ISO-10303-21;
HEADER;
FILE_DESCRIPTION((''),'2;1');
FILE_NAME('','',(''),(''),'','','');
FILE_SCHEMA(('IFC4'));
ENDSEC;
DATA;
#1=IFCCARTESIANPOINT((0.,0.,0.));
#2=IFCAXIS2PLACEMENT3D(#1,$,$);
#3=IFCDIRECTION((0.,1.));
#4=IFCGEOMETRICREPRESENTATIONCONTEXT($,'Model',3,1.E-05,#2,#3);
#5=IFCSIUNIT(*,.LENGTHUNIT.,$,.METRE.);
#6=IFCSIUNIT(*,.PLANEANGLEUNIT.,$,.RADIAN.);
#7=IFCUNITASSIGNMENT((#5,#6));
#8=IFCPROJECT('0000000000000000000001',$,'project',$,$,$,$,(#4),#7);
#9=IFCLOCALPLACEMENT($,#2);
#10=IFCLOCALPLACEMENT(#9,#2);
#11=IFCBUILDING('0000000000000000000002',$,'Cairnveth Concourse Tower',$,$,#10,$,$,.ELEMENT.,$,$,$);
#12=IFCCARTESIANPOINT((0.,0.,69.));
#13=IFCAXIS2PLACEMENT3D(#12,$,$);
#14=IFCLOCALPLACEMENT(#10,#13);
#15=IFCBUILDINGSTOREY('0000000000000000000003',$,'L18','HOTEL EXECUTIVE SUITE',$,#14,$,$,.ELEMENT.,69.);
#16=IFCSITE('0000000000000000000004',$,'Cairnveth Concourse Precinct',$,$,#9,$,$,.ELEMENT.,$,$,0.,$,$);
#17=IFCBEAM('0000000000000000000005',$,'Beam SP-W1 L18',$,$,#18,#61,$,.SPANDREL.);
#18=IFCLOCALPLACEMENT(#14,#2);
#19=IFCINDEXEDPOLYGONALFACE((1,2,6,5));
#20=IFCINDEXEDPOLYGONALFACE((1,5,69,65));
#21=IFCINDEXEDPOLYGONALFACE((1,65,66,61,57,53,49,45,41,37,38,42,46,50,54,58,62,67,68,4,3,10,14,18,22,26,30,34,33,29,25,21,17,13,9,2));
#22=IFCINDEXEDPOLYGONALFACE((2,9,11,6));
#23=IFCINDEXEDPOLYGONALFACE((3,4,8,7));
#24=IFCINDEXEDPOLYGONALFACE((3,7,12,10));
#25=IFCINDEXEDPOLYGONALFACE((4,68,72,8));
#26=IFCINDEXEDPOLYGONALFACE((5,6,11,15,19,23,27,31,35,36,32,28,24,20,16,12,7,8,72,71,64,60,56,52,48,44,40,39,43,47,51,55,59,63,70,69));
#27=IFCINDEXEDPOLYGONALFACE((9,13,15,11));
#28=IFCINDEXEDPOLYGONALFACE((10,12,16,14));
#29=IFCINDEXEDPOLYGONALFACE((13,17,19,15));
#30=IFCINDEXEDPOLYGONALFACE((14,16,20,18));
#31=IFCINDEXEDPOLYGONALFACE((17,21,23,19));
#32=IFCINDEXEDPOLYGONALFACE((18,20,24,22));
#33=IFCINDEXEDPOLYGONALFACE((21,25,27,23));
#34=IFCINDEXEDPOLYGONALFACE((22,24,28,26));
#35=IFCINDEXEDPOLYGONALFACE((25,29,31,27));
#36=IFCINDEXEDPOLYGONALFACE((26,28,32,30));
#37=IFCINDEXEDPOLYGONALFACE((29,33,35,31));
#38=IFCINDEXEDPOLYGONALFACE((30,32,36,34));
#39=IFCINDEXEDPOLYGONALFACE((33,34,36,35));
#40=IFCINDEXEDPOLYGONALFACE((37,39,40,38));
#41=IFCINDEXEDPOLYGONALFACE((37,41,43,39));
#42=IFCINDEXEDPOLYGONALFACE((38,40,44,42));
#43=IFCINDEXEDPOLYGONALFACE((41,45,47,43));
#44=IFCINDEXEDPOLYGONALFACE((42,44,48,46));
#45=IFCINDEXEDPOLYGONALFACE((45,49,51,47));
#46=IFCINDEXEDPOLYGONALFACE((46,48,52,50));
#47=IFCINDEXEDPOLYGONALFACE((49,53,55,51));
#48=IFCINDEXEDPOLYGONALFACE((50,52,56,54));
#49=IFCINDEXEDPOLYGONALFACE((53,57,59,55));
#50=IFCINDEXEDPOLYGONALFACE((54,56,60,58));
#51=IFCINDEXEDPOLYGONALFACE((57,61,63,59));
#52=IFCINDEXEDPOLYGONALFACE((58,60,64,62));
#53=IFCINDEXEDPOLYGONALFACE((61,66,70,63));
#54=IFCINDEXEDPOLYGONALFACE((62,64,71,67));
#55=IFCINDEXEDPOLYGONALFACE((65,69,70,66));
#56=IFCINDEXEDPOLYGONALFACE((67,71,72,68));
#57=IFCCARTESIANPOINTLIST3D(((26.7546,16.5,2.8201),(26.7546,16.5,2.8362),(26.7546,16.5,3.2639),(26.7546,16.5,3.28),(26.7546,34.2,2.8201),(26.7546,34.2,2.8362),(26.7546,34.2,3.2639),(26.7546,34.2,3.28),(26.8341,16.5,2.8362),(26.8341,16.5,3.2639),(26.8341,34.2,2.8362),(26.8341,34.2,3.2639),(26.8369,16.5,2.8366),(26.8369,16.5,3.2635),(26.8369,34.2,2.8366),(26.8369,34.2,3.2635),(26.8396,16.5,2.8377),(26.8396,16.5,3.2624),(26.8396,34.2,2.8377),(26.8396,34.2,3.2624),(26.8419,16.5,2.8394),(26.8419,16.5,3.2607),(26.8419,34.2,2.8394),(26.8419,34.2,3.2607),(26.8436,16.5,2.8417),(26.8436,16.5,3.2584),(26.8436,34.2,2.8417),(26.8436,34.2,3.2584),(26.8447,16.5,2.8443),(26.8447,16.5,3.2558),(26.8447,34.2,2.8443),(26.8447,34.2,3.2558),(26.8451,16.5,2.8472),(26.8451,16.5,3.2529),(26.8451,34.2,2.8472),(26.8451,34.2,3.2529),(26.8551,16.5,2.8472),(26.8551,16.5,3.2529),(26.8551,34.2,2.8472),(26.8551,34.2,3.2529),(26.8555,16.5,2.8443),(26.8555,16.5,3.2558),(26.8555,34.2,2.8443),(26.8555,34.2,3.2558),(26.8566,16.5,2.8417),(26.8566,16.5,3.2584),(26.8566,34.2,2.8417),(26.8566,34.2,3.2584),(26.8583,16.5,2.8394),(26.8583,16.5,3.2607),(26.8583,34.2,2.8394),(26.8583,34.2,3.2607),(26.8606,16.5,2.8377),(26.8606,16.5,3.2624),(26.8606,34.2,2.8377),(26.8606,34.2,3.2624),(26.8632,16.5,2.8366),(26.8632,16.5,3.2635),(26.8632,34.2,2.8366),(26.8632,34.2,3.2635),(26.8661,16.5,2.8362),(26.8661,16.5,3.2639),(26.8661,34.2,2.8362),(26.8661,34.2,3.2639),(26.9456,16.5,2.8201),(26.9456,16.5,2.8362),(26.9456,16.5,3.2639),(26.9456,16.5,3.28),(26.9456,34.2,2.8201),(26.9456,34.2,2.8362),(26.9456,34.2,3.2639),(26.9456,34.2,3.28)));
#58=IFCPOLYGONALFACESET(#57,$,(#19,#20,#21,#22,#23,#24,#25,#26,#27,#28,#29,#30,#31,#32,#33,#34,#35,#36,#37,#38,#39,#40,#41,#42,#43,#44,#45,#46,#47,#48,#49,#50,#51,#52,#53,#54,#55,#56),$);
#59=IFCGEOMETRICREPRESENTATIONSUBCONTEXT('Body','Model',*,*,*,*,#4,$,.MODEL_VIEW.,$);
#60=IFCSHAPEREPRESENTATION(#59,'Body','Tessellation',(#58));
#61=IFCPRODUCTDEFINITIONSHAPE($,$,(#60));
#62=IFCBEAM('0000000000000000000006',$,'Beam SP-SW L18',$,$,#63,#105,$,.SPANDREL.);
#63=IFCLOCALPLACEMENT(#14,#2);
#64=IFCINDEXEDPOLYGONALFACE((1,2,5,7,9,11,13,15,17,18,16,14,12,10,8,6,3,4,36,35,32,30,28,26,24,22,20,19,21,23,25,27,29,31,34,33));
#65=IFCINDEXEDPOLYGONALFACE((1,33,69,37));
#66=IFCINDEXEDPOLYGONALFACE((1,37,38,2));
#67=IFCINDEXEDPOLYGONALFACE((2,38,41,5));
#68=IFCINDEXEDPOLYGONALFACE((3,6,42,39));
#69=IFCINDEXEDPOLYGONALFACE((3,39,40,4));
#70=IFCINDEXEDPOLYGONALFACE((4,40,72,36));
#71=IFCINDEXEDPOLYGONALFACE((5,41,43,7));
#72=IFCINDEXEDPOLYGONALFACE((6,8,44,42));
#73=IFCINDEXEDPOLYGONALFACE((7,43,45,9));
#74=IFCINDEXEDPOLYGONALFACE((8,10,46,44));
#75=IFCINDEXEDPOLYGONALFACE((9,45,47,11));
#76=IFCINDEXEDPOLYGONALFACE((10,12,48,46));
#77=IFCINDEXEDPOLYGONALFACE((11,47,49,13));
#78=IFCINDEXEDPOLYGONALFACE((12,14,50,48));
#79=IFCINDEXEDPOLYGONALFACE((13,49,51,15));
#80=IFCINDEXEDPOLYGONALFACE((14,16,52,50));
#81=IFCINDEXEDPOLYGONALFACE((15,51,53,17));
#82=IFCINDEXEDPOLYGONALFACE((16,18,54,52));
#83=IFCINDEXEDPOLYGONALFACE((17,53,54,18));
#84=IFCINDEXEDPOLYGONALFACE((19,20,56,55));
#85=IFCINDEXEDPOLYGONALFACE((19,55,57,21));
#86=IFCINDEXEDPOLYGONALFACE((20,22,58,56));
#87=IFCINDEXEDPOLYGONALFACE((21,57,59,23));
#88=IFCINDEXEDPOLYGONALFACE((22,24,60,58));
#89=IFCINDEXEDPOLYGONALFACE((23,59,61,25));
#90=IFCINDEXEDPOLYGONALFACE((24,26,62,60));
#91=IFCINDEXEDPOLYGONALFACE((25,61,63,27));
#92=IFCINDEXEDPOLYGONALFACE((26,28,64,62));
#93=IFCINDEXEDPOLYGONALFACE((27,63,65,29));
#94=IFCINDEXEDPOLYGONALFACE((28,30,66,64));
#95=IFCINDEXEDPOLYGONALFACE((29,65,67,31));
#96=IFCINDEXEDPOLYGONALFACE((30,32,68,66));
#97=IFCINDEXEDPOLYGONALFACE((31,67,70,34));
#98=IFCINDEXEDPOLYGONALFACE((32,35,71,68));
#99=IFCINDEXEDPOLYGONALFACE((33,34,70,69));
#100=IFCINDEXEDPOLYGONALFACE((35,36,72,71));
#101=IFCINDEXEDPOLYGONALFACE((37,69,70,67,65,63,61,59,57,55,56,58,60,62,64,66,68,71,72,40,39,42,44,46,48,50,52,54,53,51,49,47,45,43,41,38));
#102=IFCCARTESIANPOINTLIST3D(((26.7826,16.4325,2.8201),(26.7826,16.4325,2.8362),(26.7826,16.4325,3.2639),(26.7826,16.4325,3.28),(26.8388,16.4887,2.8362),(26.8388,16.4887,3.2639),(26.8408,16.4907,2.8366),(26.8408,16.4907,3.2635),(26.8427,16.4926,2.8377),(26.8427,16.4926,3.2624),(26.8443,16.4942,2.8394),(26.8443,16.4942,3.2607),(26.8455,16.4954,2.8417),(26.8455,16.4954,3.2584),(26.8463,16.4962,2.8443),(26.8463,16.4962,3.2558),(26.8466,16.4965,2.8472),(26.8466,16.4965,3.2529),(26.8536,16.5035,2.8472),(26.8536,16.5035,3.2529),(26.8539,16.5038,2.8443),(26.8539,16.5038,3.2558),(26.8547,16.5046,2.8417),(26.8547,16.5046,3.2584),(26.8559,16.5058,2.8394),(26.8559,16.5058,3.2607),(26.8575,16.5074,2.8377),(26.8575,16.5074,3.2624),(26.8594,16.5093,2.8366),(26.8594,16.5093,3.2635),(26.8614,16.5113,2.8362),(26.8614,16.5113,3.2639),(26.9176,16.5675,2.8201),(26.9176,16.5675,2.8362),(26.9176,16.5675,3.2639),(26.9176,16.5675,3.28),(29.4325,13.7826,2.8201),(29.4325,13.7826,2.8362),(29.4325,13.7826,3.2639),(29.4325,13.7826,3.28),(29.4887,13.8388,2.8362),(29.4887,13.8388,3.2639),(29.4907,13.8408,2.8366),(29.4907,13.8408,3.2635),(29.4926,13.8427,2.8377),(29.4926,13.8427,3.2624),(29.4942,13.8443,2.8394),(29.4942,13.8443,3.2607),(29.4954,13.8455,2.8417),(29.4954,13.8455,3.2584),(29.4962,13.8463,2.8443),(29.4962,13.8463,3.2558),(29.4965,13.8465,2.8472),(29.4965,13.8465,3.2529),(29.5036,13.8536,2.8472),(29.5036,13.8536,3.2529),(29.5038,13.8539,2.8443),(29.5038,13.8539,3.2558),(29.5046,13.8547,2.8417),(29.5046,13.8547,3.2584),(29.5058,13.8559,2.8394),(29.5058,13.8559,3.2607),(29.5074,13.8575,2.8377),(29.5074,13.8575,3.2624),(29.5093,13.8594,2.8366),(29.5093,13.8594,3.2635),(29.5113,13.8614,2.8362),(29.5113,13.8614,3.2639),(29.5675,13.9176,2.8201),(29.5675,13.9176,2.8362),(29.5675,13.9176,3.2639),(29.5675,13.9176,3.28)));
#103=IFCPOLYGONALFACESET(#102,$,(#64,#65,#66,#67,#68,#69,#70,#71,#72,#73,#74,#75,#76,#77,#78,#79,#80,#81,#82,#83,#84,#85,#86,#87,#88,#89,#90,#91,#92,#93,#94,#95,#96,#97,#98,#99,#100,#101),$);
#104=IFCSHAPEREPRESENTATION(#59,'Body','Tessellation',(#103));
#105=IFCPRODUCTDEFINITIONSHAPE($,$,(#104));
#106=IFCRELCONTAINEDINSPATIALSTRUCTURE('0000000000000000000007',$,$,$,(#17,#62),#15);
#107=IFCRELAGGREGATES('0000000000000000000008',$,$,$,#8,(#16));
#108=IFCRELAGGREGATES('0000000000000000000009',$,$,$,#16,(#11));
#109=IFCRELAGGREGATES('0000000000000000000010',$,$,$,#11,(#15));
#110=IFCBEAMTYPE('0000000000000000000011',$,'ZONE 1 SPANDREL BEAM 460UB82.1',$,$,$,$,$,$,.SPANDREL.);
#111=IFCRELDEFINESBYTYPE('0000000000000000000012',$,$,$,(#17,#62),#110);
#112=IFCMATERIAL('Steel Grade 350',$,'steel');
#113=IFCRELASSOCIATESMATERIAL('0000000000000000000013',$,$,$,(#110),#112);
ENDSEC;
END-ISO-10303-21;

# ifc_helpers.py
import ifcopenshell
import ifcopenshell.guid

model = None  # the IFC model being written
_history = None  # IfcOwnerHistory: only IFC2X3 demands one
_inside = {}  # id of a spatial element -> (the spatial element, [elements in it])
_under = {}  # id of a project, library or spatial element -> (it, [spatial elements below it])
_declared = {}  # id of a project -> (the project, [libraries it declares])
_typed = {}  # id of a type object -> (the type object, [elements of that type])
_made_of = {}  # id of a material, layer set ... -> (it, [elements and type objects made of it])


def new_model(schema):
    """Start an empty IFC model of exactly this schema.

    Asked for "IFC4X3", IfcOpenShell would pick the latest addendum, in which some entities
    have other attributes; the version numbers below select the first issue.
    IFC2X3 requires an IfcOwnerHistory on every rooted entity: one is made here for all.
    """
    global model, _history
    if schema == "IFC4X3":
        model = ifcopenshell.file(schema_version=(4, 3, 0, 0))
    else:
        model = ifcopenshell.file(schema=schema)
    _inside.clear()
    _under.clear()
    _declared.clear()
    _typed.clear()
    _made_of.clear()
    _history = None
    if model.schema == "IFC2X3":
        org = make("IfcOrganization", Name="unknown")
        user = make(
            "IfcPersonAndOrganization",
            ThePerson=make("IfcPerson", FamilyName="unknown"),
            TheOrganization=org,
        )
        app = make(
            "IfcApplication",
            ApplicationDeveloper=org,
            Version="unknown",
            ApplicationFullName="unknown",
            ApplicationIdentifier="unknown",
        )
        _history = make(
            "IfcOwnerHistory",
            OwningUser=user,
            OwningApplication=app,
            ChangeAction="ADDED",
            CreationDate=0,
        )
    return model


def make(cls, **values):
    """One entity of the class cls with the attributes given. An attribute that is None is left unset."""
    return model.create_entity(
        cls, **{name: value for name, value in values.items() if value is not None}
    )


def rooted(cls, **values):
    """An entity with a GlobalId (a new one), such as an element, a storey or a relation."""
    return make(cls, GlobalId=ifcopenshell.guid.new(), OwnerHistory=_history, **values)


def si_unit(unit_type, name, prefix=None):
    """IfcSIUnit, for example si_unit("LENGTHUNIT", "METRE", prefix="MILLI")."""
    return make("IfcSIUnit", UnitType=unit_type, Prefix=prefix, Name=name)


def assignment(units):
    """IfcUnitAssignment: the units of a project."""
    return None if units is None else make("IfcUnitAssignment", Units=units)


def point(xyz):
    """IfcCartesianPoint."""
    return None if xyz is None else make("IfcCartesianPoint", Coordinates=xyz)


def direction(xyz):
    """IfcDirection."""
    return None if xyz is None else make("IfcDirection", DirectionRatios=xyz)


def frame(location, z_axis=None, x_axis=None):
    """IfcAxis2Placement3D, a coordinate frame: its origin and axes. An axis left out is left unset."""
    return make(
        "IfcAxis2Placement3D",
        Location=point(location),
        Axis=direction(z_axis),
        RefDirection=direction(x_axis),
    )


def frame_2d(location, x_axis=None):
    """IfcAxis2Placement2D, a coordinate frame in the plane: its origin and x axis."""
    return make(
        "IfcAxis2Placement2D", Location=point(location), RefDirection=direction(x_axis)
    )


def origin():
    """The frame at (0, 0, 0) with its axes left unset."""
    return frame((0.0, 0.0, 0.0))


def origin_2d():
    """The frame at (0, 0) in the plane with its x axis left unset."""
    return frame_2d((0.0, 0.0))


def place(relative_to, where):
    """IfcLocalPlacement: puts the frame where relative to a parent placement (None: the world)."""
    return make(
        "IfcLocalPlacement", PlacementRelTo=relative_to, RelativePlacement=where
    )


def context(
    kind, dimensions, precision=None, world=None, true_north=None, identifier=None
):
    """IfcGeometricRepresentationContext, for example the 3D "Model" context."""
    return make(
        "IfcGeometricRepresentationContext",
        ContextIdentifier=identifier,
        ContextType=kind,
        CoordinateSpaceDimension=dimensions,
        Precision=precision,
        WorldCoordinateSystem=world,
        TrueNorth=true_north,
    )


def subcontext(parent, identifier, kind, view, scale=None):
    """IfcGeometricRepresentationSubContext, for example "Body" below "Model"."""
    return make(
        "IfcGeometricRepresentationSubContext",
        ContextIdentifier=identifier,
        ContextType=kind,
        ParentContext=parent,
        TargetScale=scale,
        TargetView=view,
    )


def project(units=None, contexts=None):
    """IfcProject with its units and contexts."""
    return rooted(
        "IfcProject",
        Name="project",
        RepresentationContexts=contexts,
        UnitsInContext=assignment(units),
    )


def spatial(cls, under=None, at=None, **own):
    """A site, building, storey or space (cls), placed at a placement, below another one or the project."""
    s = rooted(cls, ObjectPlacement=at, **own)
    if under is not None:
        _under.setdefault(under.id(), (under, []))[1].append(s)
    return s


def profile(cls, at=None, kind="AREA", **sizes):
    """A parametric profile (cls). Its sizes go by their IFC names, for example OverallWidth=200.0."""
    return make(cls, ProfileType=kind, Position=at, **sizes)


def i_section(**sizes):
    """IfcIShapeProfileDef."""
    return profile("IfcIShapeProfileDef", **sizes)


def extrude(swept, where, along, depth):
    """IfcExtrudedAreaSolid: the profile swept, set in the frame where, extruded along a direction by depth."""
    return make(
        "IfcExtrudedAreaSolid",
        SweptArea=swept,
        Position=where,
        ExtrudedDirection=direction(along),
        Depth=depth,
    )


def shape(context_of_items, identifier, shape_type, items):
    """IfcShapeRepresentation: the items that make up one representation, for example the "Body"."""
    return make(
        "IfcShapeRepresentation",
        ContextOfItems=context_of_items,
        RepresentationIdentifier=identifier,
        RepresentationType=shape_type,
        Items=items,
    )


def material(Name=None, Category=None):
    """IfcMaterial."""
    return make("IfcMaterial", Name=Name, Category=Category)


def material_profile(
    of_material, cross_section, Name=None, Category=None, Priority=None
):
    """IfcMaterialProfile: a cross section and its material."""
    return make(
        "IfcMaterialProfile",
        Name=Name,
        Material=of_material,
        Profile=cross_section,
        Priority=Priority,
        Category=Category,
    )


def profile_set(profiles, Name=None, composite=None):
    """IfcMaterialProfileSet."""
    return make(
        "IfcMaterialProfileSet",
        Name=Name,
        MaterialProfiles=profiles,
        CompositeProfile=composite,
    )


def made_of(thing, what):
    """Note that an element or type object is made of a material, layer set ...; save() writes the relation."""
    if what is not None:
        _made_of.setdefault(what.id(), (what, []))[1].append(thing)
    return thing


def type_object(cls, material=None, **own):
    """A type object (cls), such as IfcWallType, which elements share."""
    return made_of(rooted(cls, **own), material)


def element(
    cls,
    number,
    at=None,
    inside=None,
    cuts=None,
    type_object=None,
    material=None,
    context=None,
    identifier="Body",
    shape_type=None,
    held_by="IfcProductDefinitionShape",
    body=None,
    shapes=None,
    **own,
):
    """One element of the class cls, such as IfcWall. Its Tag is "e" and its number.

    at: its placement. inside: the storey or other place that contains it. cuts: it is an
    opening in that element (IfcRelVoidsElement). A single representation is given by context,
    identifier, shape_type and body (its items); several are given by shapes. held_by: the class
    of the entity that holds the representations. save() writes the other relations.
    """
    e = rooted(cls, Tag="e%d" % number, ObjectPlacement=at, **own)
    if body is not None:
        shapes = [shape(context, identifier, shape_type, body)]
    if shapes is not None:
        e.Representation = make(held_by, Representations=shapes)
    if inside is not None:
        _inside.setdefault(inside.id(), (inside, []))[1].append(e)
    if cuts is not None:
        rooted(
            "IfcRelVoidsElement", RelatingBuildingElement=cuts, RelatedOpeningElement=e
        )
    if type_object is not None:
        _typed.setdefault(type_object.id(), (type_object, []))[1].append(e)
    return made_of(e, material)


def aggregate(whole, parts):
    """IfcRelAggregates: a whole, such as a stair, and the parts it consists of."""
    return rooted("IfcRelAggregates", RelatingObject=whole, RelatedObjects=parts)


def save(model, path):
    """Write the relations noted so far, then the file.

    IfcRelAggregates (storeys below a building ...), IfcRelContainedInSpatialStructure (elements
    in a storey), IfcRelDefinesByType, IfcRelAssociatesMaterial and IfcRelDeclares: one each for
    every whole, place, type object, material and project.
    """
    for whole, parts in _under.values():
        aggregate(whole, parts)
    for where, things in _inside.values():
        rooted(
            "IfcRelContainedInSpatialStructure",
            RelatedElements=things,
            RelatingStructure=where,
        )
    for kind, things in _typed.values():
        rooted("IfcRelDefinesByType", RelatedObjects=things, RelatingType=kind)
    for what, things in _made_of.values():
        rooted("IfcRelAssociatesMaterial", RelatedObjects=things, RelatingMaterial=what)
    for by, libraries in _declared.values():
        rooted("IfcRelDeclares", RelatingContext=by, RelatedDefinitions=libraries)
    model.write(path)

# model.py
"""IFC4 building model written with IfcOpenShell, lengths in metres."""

from ifc_helpers import new_model, si_unit, direction, frame, origin, origin_2d, place, context, subcontext, project, spatial, i_section, extrude, material, material_profile, profile_set, type_object, element, save


model = new_model("IFC4")

# Units and contexts
model_context = context("Model", 3, precision=1e-05, world=origin(), true_north=direction((0.0, 1.0)))
body_context = subcontext(model_context, "Body", "Model", "MODEL_VIEW")
ifc_project = project(units=[si_unit("LENGTHUNIT", "METRE"), si_unit("PLANEANGLEUNIT", "RADIAN")], contexts=[model_context])

# Site, building, storey
site_placement = place(None, origin())
site = spatial("IfcSite", under=ifc_project, at=site_placement, Name="Cairnveth Concourse Precinct", CompositionType="ELEMENT", RefElevation=0.0)
building_placement = place(site_placement, origin())
building = spatial("IfcBuilding", under=site, at=building_placement, Name="Cairnveth Concourse Tower", CompositionType="ELEMENT")
storey_placement = place(building_placement, frame((0.0, 0.0, 69.0)))
storey = spatial("IfcBuildingStorey", under=building, at=storey_placement, Name="L18", Description="HOTEL EXECUTIVE SUITE", CompositionType="ELEMENT", Elevation=69.0)

# Beams
ifc_material_1 = material(Name="Steel Grade 350", Category="steel")
ifc_material_profile_1 = material_profile(ifc_material_1, i_section(OverallWidth=0.1909, OverallDepth=0.46, WebThickness=0.01, FlangeThickness=0.0161, FilletRadius=0.011, at=origin_2d()), Name="460UB82.1")
ifc_profile_set_1 = profile_set([ifc_material_profile_1], Name="Steel Grade 350")
beam_type_1 = type_object("IfcBeamType", Name="ZONE 1 SPANDREL BEAM 460UB82.1", PredefinedType="SPANDREL", material=ifc_profile_set_1)
for number, where, z_axis, x_axis, name in (
    (1, (26.8501, 16.5, 3.05), (0.0, 1.0, 0.0), (-1.0, 0.0, 0.0), "Beam SP-W1 L18"),
):
    element("IfcBeam", number, at=place(storey_placement, frame(where, z_axis=z_axis, x_axis=x_axis)), inside=storey, type_object=beam_type_1, Name=name, PredefinedType="SPANDREL", context=body_context, shape_type="SweptSolid", body=[
        extrude(i_section(OverallWidth=0.1909, OverallDepth=0.46, WebThickness=0.01, FlangeThickness=0.0161, FilletRadius=0.011, at=origin_2d()), origin(), (0.0, 0.0, 1.0), 17.7),
    ])
beam_1_placement = place(storey_placement, frame((26.8501, 16.5, 3.05), z_axis=(0.707107, -0.707107, 0.0), x_axis=(0.707107, 0.707107, 0.0)))
element("IfcBeam", 2, at=beam_1_placement, inside=storey, type_object=beam_type_1, Name="Beam SP-SW L18", PredefinedType="SPANDREL", context=body_context, shape_type="SweptSolid", body=[
    extrude(i_section(OverallWidth=0.1909, OverallDepth=0.46, WebThickness=0.01, FlangeThickness=0.0161, FilletRadius=0.011, at=origin_2d()), origin(), (0.0, 0.0, 1.0), 3.7476),
])

save(model, "model.ifc")
